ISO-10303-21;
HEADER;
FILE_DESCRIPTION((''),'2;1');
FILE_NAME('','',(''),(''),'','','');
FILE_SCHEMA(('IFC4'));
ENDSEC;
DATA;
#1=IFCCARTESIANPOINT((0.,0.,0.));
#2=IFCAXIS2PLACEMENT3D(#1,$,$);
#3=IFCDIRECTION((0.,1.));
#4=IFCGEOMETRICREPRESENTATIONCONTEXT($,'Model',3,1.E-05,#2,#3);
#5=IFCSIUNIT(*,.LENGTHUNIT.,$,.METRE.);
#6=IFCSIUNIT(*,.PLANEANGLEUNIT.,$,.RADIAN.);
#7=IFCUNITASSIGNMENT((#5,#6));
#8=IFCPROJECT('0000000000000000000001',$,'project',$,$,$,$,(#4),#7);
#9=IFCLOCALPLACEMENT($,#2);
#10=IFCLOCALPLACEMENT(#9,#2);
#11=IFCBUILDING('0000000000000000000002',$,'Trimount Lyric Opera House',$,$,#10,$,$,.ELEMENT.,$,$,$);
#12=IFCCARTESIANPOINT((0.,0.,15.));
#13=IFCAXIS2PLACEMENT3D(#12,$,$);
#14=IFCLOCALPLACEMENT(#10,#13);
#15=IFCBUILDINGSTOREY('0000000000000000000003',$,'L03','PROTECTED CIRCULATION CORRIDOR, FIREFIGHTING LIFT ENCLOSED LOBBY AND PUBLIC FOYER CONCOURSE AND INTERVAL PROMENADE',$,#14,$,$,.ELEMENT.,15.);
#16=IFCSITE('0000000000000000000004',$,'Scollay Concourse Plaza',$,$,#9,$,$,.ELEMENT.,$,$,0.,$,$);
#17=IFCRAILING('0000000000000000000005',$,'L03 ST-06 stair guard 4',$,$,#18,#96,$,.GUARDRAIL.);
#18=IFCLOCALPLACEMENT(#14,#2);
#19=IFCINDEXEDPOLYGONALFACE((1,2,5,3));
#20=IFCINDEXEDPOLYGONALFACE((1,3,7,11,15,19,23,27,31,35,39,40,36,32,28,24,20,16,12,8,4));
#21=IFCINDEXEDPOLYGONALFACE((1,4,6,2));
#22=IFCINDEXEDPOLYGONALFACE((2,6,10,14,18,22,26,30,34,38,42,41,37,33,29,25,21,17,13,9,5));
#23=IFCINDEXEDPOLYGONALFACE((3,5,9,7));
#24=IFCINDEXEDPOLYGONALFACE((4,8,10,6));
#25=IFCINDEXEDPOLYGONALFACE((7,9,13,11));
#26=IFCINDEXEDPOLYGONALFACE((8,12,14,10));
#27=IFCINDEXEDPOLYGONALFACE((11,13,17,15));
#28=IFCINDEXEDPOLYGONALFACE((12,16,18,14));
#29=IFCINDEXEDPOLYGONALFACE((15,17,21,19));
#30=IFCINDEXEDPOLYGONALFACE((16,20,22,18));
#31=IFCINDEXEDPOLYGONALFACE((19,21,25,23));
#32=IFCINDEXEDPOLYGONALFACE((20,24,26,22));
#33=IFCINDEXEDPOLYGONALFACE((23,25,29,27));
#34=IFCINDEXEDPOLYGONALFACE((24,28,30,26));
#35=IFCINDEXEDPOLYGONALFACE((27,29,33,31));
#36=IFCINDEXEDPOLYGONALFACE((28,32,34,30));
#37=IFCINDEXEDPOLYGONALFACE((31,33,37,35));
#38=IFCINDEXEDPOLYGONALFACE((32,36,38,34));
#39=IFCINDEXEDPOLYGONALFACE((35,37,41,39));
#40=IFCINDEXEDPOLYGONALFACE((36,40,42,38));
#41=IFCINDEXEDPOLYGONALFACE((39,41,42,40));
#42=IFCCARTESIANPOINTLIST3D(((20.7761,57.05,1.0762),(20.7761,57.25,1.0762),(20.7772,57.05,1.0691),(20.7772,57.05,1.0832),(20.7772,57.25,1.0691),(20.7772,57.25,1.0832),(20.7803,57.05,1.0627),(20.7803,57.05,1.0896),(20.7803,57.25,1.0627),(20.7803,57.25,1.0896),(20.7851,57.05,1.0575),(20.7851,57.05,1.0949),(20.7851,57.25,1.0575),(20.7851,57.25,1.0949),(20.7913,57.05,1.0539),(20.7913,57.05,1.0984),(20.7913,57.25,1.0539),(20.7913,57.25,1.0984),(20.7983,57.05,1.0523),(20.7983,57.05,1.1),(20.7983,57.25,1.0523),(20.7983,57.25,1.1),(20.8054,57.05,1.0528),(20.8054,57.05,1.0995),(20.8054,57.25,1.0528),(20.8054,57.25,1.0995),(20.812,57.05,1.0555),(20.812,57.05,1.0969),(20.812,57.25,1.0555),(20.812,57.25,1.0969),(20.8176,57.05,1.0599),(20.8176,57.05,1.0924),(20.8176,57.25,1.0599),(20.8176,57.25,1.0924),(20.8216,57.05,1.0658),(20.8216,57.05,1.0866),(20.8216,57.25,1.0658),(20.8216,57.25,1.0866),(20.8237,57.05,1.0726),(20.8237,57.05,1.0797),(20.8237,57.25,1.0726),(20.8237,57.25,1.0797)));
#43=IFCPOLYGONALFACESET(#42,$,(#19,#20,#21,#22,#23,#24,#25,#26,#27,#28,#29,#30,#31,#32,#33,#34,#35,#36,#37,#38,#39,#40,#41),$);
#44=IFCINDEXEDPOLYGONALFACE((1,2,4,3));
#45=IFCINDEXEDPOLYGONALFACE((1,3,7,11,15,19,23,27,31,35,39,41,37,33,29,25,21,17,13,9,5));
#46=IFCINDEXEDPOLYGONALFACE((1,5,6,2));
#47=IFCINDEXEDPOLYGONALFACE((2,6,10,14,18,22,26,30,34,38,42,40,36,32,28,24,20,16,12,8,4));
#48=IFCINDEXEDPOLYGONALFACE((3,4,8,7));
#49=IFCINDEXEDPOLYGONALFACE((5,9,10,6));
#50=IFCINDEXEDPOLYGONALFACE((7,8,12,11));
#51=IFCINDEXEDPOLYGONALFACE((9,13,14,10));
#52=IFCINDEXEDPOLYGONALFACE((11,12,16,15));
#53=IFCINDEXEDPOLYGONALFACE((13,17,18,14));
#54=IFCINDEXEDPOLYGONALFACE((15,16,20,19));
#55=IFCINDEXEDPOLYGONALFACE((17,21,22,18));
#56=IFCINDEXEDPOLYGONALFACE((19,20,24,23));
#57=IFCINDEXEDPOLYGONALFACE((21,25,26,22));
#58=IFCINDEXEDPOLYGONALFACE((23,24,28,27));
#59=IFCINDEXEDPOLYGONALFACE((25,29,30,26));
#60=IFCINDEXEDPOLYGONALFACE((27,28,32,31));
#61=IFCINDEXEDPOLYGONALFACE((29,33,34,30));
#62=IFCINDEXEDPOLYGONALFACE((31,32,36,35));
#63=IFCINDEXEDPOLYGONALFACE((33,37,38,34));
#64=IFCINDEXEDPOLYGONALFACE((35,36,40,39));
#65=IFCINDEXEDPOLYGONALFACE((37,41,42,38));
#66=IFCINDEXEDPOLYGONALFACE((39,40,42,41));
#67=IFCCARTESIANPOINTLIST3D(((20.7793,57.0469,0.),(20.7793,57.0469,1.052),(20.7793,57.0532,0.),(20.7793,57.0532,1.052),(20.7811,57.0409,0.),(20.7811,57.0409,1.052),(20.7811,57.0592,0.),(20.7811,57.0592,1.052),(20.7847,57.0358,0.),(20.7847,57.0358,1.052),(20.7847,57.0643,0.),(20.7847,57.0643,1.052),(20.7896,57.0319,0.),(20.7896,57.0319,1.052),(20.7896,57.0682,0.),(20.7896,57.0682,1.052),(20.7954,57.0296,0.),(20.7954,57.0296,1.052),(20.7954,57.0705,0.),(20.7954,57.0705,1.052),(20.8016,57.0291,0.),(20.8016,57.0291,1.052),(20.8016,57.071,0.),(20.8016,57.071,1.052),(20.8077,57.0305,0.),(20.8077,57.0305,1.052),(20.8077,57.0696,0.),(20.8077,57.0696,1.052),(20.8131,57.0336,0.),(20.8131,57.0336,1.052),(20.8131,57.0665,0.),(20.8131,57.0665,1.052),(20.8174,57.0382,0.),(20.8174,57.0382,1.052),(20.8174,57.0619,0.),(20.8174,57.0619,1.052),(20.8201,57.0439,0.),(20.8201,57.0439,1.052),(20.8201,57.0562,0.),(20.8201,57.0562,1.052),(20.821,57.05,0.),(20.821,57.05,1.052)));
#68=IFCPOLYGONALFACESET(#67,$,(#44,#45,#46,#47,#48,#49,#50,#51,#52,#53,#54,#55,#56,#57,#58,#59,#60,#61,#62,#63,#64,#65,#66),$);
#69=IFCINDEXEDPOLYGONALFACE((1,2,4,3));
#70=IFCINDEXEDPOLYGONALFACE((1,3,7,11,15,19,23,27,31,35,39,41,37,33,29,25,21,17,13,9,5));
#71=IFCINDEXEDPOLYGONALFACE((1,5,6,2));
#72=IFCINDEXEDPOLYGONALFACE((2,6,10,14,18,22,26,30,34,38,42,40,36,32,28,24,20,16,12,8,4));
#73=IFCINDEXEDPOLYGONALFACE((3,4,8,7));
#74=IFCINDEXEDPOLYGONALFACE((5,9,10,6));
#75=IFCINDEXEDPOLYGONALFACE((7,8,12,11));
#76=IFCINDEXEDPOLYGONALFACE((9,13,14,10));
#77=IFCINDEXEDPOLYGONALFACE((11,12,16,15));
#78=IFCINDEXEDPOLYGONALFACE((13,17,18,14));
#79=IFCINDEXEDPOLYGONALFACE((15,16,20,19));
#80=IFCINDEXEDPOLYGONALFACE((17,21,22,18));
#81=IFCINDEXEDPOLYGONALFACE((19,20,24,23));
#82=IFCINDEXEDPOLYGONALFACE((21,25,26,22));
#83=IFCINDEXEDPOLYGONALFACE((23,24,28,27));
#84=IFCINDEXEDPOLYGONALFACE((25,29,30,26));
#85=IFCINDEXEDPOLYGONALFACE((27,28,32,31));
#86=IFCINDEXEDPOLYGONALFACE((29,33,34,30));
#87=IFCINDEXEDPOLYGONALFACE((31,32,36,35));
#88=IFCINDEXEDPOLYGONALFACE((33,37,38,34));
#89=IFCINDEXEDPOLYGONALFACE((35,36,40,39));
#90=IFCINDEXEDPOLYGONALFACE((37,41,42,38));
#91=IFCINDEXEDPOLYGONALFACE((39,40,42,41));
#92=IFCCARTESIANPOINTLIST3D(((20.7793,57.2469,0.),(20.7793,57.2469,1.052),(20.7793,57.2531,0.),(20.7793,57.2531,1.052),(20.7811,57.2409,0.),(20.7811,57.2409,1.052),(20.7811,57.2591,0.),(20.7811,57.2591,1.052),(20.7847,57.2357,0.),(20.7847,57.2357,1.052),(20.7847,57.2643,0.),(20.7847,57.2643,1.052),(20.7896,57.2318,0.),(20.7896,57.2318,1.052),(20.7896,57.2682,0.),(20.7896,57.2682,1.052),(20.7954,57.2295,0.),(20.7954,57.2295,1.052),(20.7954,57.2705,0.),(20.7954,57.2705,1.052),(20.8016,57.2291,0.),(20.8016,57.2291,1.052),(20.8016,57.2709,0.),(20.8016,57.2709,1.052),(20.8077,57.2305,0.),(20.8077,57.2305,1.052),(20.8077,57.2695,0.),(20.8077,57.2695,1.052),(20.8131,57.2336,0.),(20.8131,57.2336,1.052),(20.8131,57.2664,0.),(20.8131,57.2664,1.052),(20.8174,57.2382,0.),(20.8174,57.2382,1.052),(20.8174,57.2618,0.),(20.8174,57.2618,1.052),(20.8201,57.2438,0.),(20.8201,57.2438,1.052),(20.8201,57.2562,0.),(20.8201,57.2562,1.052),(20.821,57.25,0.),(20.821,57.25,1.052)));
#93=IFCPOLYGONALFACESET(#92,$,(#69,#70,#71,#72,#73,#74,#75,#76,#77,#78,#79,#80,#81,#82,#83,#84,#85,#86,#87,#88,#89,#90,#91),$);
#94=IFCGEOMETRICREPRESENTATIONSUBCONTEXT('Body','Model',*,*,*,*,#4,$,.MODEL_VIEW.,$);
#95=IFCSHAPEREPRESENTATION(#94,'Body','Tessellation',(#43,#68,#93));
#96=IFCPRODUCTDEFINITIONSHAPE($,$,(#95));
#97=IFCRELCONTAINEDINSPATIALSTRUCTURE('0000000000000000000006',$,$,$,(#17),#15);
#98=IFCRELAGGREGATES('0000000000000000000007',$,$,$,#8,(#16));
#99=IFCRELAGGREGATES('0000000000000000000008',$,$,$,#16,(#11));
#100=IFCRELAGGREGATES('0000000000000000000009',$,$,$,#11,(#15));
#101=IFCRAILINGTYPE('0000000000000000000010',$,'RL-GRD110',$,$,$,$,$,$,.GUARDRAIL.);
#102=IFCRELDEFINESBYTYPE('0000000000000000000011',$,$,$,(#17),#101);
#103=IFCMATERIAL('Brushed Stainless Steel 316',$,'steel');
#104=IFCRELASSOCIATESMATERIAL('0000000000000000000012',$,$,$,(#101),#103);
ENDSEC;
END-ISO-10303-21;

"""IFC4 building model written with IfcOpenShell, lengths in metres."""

from ifc_helpers import new_model, si_unit, direction, frame, origin, origin_2d, place, context, subcontext, project, spatial, circle, extrude, material, type_object, element, save


model = new_model("IFC4")

# Units and contexts
model_context = context("Model", 3, precision=1e-05, world=origin(), true_north=direction((0.0, 1.0)))
body_context = subcontext(model_context, "Body", "Model", "MODEL_VIEW")
ifc_project = project(units=[si_unit("LENGTHUNIT", "METRE"), si_unit("PLANEANGLEUNIT", "RADIAN")], contexts=[model_context])

# Site, building, storey
site_placement = place(None, origin())
site = spatial("IfcSite", under=ifc_project, at=site_placement, Name="Scollay Concourse Plaza", CompositionType="ELEMENT", RefElevation=0.0)
building_placement = place(site_placement, origin())
building = spatial("IfcBuilding", under=site, at=building_placement, Name="Trimount Lyric Opera House", CompositionType="ELEMENT")
storey_placement = place(building_placement, frame((0.0, 0.0, 15.0)))
storey = spatial("IfcBuildingStorey", under=building, at=storey_placement, Name="L03", Description="PROTECTED CIRCULATION CORRIDOR, FIREFIGHTING LIFT ENCLOSED LOBBY AND PUBLIC FOYER CONCOURSE AND INTERVAL PROMENADE", CompositionType="ELEMENT", Elevation=15.0)

# Railing
ifc_material_1 = material(Name="Brushed Stainless Steel 316", Category="steel")
railing_type_1 = type_object("IfcRailingType", Name="RL-GRD110", PredefinedType="GUARDRAIL", material=ifc_material_1)
railing_1_placement = place(storey_placement, frame((20.8, 57.05, 0.0)))
element("IfcRailing", 1, at=railing_1_placement, inside=storey, type_object=railing_type_1, Name="L03 ST-06 stair guard 4", PredefinedType="GUARDRAIL", context=body_context, shape_type="SweptSolid", body=[
    extrude(circle(Radius=0.0239, at=origin_2d()), frame((0.0, 0.0, 1.0762), z_axis=(0.0, 1.0, 0.0), x_axis=(-1.0, 0.0, 0.0)), (0.0, 0.0, 1.0), 0.2),
    extrude(circle(Radius=0.021, at=origin_2d()), origin(), (0.0, 0.0, 1.0), 1.052),
    extrude(circle(Radius=0.021, at=origin_2d()), frame((0.0, 0.2, 0.0)), (0.0, 0.0, 1.0), 1.052),
])

save(model, "model.ifc")
